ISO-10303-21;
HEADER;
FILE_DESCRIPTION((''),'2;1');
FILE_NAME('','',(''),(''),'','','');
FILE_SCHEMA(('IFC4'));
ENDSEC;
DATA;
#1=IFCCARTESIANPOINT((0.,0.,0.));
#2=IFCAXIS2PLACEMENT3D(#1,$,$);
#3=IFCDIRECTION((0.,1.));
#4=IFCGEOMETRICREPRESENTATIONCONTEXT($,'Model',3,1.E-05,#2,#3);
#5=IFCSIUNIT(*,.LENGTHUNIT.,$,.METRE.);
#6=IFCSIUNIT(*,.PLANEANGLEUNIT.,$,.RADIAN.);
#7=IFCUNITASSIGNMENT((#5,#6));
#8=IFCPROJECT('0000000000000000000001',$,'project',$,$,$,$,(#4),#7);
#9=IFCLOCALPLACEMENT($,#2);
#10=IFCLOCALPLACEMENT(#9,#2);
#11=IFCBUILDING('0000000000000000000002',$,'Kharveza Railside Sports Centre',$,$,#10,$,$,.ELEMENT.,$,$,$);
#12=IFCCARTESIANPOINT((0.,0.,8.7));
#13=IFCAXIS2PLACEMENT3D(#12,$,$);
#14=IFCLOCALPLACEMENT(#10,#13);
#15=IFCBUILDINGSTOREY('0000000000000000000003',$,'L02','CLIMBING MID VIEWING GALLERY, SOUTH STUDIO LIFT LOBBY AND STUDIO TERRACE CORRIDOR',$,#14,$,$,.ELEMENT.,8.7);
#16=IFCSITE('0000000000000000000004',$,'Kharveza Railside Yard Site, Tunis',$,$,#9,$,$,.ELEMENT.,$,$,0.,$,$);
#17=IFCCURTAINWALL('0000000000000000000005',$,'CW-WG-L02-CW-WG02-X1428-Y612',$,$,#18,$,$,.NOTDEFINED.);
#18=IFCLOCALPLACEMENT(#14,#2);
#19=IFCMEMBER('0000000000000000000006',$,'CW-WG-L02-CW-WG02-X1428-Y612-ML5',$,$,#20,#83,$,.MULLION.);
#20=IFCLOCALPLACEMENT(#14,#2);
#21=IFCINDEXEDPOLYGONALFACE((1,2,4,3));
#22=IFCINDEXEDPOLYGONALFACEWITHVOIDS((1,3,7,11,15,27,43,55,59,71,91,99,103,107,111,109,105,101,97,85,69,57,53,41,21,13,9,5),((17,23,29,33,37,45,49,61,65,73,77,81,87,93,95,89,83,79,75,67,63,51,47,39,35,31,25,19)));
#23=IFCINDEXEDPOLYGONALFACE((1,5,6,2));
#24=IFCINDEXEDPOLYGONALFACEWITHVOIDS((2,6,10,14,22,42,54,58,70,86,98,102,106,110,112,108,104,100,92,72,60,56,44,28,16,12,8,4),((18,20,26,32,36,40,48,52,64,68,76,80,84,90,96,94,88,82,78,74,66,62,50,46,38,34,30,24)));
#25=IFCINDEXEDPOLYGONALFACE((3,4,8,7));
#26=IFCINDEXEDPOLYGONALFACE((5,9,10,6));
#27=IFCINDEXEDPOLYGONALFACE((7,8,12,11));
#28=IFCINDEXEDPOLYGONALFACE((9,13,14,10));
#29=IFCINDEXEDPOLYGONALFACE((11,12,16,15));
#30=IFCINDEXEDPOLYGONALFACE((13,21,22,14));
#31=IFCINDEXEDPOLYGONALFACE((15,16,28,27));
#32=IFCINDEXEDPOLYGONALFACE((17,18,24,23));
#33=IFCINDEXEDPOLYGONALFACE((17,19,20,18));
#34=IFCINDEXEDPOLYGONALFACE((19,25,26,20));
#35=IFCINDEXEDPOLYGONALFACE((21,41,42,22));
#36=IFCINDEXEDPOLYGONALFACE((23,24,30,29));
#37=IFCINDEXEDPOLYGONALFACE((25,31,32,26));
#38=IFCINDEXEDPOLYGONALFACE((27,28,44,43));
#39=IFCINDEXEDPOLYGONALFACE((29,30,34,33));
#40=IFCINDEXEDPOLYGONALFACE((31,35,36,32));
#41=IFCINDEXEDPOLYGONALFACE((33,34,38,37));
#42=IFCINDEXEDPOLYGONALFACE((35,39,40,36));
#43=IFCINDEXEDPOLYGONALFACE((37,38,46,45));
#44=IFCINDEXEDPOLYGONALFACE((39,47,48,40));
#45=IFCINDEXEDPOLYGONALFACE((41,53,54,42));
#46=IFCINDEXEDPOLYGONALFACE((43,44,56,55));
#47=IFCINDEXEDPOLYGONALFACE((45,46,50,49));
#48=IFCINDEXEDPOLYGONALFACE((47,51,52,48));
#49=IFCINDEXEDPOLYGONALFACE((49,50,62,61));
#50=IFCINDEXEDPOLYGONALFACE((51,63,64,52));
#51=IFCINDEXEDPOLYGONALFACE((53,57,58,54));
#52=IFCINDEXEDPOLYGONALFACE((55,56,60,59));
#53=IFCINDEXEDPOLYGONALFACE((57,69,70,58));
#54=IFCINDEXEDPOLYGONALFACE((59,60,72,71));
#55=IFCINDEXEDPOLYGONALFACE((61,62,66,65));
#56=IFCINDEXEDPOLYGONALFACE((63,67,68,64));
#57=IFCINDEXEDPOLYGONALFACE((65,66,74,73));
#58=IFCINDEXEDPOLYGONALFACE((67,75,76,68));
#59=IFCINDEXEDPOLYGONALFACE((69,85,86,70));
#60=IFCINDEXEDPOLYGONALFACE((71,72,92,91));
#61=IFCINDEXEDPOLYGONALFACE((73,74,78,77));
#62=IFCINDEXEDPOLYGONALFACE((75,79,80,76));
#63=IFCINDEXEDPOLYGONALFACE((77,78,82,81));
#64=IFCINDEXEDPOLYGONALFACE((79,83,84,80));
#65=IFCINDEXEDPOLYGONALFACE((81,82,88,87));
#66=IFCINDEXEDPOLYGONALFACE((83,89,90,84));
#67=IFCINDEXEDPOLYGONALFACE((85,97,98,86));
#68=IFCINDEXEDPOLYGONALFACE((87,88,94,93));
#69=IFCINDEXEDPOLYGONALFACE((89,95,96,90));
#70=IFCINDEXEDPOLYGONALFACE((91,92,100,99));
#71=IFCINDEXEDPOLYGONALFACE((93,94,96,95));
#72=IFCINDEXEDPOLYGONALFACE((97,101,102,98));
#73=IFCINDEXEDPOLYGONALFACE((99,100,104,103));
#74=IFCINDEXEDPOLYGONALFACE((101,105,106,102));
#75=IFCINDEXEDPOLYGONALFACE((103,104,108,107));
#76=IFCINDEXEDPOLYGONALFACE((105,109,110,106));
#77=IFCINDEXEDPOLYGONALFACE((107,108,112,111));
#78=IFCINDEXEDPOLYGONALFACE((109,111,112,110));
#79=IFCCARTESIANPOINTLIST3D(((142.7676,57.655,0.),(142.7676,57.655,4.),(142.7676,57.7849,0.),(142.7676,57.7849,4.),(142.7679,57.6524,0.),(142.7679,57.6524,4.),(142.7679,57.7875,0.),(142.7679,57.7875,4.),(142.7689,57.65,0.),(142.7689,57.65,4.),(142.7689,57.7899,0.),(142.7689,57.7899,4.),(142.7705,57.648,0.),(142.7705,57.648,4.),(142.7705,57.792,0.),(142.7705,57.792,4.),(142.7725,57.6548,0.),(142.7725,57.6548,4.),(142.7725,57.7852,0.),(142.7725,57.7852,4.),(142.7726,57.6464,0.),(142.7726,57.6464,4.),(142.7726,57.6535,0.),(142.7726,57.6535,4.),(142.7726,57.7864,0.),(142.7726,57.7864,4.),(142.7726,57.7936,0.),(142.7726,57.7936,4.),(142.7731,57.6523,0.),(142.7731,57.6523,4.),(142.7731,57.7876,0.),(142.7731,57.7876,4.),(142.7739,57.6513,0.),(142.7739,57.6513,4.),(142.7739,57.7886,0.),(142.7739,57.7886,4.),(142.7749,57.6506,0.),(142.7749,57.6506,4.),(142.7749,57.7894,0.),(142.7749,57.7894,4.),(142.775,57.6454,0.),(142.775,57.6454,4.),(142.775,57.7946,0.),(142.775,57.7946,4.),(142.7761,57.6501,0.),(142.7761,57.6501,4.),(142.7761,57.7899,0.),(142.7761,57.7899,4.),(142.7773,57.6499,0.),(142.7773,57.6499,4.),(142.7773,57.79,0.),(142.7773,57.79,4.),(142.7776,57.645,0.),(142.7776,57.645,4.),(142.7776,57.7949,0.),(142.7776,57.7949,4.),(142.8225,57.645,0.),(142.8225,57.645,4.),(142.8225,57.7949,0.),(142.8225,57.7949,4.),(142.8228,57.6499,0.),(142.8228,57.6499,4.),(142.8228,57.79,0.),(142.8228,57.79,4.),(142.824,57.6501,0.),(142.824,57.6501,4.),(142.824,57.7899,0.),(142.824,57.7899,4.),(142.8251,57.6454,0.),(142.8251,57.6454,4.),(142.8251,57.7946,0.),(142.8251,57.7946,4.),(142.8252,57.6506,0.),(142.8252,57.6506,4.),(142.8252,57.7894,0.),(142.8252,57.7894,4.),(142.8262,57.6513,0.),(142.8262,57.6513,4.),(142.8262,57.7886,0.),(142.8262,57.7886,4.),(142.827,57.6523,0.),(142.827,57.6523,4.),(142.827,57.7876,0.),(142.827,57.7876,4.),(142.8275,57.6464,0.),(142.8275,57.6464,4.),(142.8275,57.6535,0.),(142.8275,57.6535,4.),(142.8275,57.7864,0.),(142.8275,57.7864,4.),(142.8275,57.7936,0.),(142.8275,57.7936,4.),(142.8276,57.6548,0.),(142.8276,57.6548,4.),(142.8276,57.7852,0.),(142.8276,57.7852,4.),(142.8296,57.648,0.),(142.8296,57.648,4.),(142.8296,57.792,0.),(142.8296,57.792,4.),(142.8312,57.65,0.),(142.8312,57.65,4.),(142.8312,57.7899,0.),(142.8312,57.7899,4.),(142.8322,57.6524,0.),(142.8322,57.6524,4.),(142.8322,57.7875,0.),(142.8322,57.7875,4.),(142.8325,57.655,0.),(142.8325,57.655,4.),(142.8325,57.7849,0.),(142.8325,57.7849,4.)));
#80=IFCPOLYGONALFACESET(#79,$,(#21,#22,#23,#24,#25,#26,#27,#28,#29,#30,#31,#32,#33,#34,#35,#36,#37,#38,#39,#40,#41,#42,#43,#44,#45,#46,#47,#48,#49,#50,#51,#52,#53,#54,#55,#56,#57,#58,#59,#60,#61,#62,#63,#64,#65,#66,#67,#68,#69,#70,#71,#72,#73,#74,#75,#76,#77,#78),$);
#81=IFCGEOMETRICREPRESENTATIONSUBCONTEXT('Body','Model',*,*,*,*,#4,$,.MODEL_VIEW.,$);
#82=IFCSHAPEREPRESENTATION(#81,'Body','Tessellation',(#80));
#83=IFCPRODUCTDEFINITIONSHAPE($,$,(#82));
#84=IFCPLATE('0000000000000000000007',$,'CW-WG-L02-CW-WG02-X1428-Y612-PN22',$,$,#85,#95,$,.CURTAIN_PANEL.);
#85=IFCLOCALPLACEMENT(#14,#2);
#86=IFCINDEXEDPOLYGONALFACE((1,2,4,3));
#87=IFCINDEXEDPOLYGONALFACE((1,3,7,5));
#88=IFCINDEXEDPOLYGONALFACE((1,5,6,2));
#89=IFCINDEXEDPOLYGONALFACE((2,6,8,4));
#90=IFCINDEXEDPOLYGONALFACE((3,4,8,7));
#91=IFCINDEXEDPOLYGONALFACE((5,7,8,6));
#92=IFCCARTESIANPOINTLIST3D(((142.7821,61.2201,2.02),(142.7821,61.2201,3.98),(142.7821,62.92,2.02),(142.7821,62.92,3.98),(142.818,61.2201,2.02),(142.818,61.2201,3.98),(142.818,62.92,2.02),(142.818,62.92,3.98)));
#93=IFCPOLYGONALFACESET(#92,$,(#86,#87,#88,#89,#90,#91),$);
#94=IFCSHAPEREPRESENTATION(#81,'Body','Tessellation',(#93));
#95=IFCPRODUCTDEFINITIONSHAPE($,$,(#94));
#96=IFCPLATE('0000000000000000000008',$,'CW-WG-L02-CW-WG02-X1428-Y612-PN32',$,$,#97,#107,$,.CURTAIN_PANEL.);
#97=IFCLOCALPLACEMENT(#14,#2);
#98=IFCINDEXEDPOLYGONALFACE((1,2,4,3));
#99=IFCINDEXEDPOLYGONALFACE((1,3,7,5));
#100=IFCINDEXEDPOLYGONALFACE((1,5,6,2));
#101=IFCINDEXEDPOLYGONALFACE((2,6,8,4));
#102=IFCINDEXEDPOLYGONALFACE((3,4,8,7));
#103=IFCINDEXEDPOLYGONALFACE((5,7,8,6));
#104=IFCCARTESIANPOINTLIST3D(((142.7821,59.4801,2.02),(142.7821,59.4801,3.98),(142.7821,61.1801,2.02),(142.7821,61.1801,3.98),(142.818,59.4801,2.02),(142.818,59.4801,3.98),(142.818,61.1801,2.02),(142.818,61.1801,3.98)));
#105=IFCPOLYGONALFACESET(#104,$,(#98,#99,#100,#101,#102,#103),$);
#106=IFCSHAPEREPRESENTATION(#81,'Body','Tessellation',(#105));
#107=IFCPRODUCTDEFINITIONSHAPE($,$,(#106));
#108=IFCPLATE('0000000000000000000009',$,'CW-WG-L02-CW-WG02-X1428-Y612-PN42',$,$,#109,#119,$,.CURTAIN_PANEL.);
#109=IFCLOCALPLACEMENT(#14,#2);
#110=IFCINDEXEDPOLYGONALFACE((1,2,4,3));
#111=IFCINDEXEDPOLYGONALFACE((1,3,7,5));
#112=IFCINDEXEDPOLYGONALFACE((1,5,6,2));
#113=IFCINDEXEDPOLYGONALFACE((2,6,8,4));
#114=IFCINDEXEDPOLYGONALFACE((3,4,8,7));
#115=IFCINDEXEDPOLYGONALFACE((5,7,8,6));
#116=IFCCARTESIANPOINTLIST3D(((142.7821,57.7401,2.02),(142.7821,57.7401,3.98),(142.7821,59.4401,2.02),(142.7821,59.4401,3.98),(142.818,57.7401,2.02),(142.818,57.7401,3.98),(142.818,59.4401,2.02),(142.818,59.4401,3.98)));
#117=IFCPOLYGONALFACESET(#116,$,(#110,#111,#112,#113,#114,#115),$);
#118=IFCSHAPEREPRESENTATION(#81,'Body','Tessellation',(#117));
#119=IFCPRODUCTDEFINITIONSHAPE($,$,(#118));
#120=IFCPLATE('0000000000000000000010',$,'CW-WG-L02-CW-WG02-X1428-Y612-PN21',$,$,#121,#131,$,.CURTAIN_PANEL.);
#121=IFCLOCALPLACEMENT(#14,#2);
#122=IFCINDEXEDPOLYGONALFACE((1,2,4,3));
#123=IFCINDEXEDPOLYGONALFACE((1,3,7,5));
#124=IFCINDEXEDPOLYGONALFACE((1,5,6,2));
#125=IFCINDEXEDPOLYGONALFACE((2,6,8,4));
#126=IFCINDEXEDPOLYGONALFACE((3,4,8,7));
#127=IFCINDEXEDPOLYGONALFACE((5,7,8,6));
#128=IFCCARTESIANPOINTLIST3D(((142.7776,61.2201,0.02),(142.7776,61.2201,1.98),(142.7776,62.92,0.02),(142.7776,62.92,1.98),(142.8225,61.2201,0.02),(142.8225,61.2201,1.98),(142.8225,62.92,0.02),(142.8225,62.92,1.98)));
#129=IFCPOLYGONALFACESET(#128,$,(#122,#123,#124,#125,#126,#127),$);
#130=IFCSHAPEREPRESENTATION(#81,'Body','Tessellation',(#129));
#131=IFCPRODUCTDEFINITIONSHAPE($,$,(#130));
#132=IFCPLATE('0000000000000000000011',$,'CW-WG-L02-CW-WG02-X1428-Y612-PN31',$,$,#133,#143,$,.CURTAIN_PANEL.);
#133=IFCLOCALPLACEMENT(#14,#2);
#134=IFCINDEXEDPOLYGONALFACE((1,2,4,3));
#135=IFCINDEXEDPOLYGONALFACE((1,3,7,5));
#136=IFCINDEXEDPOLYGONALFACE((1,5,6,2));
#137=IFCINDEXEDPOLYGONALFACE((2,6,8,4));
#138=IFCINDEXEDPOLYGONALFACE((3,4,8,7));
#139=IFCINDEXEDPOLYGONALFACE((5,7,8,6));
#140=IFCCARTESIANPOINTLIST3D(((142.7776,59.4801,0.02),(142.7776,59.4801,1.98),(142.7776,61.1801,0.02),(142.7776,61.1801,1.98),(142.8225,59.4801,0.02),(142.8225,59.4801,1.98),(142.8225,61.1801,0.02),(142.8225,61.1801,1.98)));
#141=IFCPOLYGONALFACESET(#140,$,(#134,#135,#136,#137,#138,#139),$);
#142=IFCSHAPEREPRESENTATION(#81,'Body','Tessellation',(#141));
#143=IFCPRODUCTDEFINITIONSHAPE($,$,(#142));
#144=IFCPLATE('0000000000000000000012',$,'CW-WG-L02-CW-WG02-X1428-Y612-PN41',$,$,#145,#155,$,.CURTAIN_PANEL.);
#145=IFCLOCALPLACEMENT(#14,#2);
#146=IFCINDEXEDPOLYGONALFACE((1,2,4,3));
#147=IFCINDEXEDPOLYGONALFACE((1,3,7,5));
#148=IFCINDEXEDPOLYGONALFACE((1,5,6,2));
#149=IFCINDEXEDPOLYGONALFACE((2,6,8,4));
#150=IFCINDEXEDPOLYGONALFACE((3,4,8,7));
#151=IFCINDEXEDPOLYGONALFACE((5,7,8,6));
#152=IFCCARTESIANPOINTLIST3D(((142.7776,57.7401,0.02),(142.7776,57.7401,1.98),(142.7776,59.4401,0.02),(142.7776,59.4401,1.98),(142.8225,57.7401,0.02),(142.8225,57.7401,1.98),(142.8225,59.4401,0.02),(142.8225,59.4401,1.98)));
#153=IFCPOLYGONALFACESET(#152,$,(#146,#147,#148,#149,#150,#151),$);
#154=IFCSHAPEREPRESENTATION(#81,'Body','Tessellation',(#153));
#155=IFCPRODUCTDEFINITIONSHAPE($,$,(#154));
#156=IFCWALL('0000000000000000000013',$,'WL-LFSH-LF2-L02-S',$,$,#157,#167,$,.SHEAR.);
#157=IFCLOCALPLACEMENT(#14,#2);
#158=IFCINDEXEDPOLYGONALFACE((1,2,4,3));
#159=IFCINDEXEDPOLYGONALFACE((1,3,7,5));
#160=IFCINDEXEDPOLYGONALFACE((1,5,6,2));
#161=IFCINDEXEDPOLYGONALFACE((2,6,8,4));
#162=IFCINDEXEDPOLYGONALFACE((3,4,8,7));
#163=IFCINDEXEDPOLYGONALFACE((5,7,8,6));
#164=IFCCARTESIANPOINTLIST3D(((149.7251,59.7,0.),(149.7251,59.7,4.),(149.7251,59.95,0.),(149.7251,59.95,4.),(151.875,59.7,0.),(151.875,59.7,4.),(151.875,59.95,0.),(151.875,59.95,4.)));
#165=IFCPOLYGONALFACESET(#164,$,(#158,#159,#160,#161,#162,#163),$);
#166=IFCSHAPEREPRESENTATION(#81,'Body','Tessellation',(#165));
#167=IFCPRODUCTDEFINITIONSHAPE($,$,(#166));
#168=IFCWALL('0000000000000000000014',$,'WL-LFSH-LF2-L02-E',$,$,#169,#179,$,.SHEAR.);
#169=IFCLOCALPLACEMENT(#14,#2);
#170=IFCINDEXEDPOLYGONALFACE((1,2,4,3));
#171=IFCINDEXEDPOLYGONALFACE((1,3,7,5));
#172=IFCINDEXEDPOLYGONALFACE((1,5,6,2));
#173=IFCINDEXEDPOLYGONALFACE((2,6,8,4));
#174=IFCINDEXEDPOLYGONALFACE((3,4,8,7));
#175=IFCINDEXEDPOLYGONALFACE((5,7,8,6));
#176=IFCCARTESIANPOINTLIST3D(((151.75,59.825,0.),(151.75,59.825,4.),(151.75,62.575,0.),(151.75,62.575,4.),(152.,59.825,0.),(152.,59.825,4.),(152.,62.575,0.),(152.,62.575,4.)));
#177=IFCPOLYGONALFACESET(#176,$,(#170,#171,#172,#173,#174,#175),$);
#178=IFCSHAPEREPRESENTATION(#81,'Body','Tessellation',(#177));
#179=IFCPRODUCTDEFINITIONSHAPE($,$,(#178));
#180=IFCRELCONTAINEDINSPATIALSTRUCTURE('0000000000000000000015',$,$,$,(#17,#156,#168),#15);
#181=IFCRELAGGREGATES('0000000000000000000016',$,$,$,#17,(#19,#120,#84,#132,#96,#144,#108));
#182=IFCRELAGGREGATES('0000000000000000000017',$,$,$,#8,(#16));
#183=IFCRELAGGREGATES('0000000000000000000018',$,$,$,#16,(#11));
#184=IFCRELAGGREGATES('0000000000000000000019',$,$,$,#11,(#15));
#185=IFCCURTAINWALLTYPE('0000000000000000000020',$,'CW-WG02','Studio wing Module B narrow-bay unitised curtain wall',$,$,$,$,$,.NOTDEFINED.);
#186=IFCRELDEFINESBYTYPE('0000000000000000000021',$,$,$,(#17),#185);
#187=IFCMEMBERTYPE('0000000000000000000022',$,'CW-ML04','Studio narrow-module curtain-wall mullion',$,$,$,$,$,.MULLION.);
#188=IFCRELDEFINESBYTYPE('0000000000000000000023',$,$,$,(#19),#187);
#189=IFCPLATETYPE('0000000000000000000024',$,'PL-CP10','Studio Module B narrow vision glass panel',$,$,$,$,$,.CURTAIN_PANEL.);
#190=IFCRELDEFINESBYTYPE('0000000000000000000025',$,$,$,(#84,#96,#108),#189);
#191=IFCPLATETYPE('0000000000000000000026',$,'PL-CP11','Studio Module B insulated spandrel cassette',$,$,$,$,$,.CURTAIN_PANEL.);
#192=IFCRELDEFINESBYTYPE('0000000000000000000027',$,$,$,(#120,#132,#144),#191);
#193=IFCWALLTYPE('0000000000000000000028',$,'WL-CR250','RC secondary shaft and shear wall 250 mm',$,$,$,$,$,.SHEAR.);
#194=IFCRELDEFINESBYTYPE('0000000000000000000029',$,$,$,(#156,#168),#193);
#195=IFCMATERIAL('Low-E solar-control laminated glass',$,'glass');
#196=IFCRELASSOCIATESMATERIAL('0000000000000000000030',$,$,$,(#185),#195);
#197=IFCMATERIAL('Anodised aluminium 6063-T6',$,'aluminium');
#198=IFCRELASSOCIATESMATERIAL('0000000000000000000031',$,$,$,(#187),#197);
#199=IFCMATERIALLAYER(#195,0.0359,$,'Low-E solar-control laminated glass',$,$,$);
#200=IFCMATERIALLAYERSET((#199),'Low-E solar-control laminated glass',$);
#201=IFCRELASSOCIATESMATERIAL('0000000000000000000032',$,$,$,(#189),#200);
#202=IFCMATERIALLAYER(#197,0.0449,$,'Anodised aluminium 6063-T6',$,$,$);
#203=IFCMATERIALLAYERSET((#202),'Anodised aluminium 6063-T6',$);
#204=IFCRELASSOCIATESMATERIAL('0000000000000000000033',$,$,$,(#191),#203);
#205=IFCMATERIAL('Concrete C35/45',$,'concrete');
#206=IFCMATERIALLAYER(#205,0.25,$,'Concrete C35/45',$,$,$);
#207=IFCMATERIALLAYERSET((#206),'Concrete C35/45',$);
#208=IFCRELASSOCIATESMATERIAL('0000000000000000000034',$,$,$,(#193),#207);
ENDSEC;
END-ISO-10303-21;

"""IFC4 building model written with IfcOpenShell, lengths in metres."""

from ifc_helpers import new_model, si_unit, direction, frame, frame_2d, origin, origin_2d, place, context, subcontext, project, spatial, rectangle, hollow_rectangle, extrude, material, layer, layer_set, material_profile, profile_set, type_object, element, aggregate, save


model = new_model("IFC4")

# Units and contexts
model_context = context("Model", 3, precision=1e-05, world=origin(), true_north=direction((0.0, 1.0)))
body_context = subcontext(model_context, "Body", "Model", "MODEL_VIEW")
ifc_project = project(units=[si_unit("LENGTHUNIT", "METRE"), si_unit("PLANEANGLEUNIT", "RADIAN")], contexts=[model_context])

# Site, building, storey
site_placement = place(None, origin())
site = spatial("IfcSite", under=ifc_project, at=site_placement, Name="Kharveza Railside Yard Site, Tunis", CompositionType="ELEMENT", RefElevation=0.0)
building_placement = place(site_placement, origin())
building = spatial("IfcBuilding", under=site, at=building_placement, Name="Kharveza Railside Sports Centre", CompositionType="ELEMENT")
storey_placement = place(building_placement, frame((0.0, 0.0, 8.7)))
storey = spatial("IfcBuildingStorey", under=building, at=storey_placement, Name="L02", Description="CLIMBING MID VIEWING GALLERY, SOUTH STUDIO LIFT LOBBY AND STUDIO TERRACE CORRIDOR", CompositionType="ELEMENT", Elevation=8.7)

# Curtain wall, member, plates
ifc_material_1 = material(Name="Low-E solar-control laminated glass", Category="glass")
curtain_wall_type = type_object("IfcCurtainWallType", Name="CW-WG02", Description="Studio wing Module B narrow-bay unitised curtain wall", PredefinedType="NOTDEFINED", material=ifc_material_1)
curtain_wall_placement = place(storey_placement, origin())
curtain_wall = element("IfcCurtainWall", 1, at=curtain_wall_placement, inside=storey, type_object=curtain_wall_type, Name="CW-WG-L02-CW-WG02-X1428-Y612", PredefinedType="NOTDEFINED")
ifc_material_2 = material(Name="Anodised aluminium 6063-T6", Category="aluminium")
ifc_material_profile_1 = material_profile(ifc_material_2, hollow_rectangle(XDim=0.0649, YDim=0.1499, WallThickness=0.0049, InnerFilletRadius=0.0049, OuterFilletRadius=0.01, at=origin_2d()), Name="RHS 65x150x5.0")
ifc_profile_set_1 = profile_set([ifc_material_profile_1], Name="Anodised aluminium 6063-T6")
member_type = type_object("IfcMemberType", Name="CW-ML04", Description="Studio narrow-module curtain-wall mullion", PredefinedType="MULLION", material=ifc_profile_set_1)
member_1_placement = place(storey_placement, frame((142.8, 57.72, 0.0), z_axis=(0.0, 0.0, 1.0), x_axis=(1.0, 0.0, 0.0)))
member_1 = element("IfcMember", 2, at=member_1_placement, type_object=member_type, Name="CW-WG-L02-CW-WG02-X1428-Y612-ML5", PredefinedType="MULLION", context=body_context, shape_type="SweptSolid", body=[
    extrude(hollow_rectangle(XDim=0.0649, YDim=0.1499, WallThickness=0.0049, InnerFilletRadius=0.0049, OuterFilletRadius=0.01, at=origin_2d()), origin(), (0.0, 0.0, 1.0), 4.0),
])
ifc_layer_1 = layer(ifc_material_1, 0.0359, Name="Low-E solar-control laminated glass")
ifc_layer_set_1 = layer_set([ifc_layer_1], Name="Low-E solar-control laminated glass")
plate_type_1 = type_object("IfcPlateType", Name="PL-CP10", Description="Studio Module B narrow vision glass panel", PredefinedType="CURTAIN_PANEL", material=ifc_layer_set_1)
plate_1_placement = place(storey_placement, frame((142.8, 62.0701, 2.02), z_axis=(0.0, 0.0, 1.0), x_axis=(0.0, -1.0, 0.0)))
plate_1 = element("IfcPlate", 3, at=plate_1_placement, type_object=plate_type_1, Name="CW-WG-L02-CW-WG02-X1428-Y612-PN22", PredefinedType="CURTAIN_PANEL", context=body_context, shape_type="SweptSolid", body=[
    extrude(rectangle(XDim=1.7, YDim=0.0359, at=origin_2d()), origin(), (0.0, 0.0, 1.0), 1.96),
])
plate_2_placement = place(storey_placement, frame((142.8, 60.3301, 2.02), z_axis=(0.0, 0.0, 1.0), x_axis=(0.0, -1.0, 0.0)))
plate_2 = element("IfcPlate", 4, at=plate_2_placement, type_object=plate_type_1, Name="CW-WG-L02-CW-WG02-X1428-Y612-PN32", PredefinedType="CURTAIN_PANEL", context=body_context, shape_type="SweptSolid", body=[
    extrude(rectangle(XDim=1.7, YDim=0.0359, at=origin_2d()), origin(), (0.0, 0.0, 1.0), 1.96),
])
plate_3_placement = place(storey_placement, frame((142.8, 58.5901, 2.02), z_axis=(0.0, 0.0, 1.0), x_axis=(0.0, -1.0, 0.0)))
plate_3 = element("IfcPlate", 5, at=plate_3_placement, type_object=plate_type_1, Name="CW-WG-L02-CW-WG02-X1428-Y612-PN42", PredefinedType="CURTAIN_PANEL", context=body_context, shape_type="SweptSolid", body=[
    extrude(rectangle(XDim=1.7, YDim=0.0359, at=origin_2d()), origin(), (0.0, 0.0, 1.0), 1.96),
])
ifc_layer_2 = layer(ifc_material_2, 0.0449, Name="Anodised aluminium 6063-T6")
ifc_layer_set_2 = layer_set([ifc_layer_2], Name="Anodised aluminium 6063-T6")
plate_type_2 = type_object("IfcPlateType", Name="PL-CP11", Description="Studio Module B insulated spandrel cassette", PredefinedType="CURTAIN_PANEL", material=ifc_layer_set_2)
plate_4_placement = place(storey_placement, frame((142.8, 62.0701, 0.02), z_axis=(0.0, 0.0, 1.0), x_axis=(0.0, -1.0, 0.0)))
plate_4 = element("IfcPlate", 6, at=plate_4_placement, type_object=plate_type_2, Name="CW-WG-L02-CW-WG02-X1428-Y612-PN21", PredefinedType="CURTAIN_PANEL", context=body_context, shape_type="SweptSolid", body=[
    extrude(rectangle(XDim=1.7, YDim=0.0449, at=origin_2d()), origin(), (0.0, 0.0, 1.0), 1.96),
])
plate_5_placement = place(storey_placement, frame((142.8, 60.3301, 0.02), z_axis=(0.0, 0.0, 1.0), x_axis=(0.0, -1.0, 0.0)))
plate_5 = element("IfcPlate", 7, at=plate_5_placement, type_object=plate_type_2, Name="CW-WG-L02-CW-WG02-X1428-Y612-PN31", PredefinedType="CURTAIN_PANEL", context=body_context, shape_type="SweptSolid", body=[
    extrude(rectangle(XDim=1.7, YDim=0.0449, at=origin_2d()), origin(), (0.0, 0.0, 1.0), 1.96),
])
plate_6_placement = place(storey_placement, frame((142.8, 58.5901, 0.02), z_axis=(0.0, 0.0, 1.0), x_axis=(0.0, -1.0, 0.0)))
plate_6 = element("IfcPlate", 8, at=plate_6_placement, type_object=plate_type_2, Name="CW-WG-L02-CW-WG02-X1428-Y612-PN41", PredefinedType="CURTAIN_PANEL", context=body_context, shape_type="SweptSolid", body=[
    extrude(rectangle(XDim=1.7, YDim=0.0449, at=origin_2d()), origin(), (0.0, 0.0, 1.0), 1.96),
])
aggregate(curtain_wall, [member_1, plate_4, plate_1, plate_5, plate_2, plate_6, plate_3])

# Walls
ifc_material_3 = material(Name="Concrete C35/45", Category="concrete")
ifc_layer_3 = layer(ifc_material_3, 0.25, Name="Concrete C35/45")
ifc_layer_set_3 = layer_set([ifc_layer_3], Name="Concrete C35/45")
wall_type_1 = type_object("IfcWallType", Name="WL-CR250", Description="RC secondary shaft and shear wall 250 mm", PredefinedType="SHEAR", material=ifc_layer_set_3)
wall_1_placement = place(storey_placement, frame((149.7251, 59.825, 0.0), z_axis=(0.0, 0.0, 1.0), x_axis=(1.0, 0.0, 0.0)))
element("IfcWall", 9, at=wall_1_placement, inside=storey, type_object=wall_type_1, Name="WL-LFSH-LF2-L02-S", PredefinedType="SHEAR", context=body_context, shape_type="SweptSolid", body=[
    extrude(rectangle(XDim=2.1499, YDim=0.25, at=frame_2d((1.075, 0.0))), origin(), (0.0, 0.0, 1.0), 4.0),
])
wall_2_placement = place(storey_placement, frame((151.875, 59.825, 0.0), z_axis=(0.0, 0.0, 1.0), x_axis=(0.0, 1.0, 0.0)))
element("IfcWall", 10, at=wall_2_placement, inside=storey, type_object=wall_type_1, Name="WL-LFSH-LF2-L02-E", PredefinedType="SHEAR", context=body_context, shape_type="SweptSolid", body=[
    extrude(rectangle(XDim=2.75, YDim=0.25, at=frame_2d((1.375, 0.0))), origin(), (0.0, 0.0, 1.0), 4.0),
])

save(model, "model.ifc")
